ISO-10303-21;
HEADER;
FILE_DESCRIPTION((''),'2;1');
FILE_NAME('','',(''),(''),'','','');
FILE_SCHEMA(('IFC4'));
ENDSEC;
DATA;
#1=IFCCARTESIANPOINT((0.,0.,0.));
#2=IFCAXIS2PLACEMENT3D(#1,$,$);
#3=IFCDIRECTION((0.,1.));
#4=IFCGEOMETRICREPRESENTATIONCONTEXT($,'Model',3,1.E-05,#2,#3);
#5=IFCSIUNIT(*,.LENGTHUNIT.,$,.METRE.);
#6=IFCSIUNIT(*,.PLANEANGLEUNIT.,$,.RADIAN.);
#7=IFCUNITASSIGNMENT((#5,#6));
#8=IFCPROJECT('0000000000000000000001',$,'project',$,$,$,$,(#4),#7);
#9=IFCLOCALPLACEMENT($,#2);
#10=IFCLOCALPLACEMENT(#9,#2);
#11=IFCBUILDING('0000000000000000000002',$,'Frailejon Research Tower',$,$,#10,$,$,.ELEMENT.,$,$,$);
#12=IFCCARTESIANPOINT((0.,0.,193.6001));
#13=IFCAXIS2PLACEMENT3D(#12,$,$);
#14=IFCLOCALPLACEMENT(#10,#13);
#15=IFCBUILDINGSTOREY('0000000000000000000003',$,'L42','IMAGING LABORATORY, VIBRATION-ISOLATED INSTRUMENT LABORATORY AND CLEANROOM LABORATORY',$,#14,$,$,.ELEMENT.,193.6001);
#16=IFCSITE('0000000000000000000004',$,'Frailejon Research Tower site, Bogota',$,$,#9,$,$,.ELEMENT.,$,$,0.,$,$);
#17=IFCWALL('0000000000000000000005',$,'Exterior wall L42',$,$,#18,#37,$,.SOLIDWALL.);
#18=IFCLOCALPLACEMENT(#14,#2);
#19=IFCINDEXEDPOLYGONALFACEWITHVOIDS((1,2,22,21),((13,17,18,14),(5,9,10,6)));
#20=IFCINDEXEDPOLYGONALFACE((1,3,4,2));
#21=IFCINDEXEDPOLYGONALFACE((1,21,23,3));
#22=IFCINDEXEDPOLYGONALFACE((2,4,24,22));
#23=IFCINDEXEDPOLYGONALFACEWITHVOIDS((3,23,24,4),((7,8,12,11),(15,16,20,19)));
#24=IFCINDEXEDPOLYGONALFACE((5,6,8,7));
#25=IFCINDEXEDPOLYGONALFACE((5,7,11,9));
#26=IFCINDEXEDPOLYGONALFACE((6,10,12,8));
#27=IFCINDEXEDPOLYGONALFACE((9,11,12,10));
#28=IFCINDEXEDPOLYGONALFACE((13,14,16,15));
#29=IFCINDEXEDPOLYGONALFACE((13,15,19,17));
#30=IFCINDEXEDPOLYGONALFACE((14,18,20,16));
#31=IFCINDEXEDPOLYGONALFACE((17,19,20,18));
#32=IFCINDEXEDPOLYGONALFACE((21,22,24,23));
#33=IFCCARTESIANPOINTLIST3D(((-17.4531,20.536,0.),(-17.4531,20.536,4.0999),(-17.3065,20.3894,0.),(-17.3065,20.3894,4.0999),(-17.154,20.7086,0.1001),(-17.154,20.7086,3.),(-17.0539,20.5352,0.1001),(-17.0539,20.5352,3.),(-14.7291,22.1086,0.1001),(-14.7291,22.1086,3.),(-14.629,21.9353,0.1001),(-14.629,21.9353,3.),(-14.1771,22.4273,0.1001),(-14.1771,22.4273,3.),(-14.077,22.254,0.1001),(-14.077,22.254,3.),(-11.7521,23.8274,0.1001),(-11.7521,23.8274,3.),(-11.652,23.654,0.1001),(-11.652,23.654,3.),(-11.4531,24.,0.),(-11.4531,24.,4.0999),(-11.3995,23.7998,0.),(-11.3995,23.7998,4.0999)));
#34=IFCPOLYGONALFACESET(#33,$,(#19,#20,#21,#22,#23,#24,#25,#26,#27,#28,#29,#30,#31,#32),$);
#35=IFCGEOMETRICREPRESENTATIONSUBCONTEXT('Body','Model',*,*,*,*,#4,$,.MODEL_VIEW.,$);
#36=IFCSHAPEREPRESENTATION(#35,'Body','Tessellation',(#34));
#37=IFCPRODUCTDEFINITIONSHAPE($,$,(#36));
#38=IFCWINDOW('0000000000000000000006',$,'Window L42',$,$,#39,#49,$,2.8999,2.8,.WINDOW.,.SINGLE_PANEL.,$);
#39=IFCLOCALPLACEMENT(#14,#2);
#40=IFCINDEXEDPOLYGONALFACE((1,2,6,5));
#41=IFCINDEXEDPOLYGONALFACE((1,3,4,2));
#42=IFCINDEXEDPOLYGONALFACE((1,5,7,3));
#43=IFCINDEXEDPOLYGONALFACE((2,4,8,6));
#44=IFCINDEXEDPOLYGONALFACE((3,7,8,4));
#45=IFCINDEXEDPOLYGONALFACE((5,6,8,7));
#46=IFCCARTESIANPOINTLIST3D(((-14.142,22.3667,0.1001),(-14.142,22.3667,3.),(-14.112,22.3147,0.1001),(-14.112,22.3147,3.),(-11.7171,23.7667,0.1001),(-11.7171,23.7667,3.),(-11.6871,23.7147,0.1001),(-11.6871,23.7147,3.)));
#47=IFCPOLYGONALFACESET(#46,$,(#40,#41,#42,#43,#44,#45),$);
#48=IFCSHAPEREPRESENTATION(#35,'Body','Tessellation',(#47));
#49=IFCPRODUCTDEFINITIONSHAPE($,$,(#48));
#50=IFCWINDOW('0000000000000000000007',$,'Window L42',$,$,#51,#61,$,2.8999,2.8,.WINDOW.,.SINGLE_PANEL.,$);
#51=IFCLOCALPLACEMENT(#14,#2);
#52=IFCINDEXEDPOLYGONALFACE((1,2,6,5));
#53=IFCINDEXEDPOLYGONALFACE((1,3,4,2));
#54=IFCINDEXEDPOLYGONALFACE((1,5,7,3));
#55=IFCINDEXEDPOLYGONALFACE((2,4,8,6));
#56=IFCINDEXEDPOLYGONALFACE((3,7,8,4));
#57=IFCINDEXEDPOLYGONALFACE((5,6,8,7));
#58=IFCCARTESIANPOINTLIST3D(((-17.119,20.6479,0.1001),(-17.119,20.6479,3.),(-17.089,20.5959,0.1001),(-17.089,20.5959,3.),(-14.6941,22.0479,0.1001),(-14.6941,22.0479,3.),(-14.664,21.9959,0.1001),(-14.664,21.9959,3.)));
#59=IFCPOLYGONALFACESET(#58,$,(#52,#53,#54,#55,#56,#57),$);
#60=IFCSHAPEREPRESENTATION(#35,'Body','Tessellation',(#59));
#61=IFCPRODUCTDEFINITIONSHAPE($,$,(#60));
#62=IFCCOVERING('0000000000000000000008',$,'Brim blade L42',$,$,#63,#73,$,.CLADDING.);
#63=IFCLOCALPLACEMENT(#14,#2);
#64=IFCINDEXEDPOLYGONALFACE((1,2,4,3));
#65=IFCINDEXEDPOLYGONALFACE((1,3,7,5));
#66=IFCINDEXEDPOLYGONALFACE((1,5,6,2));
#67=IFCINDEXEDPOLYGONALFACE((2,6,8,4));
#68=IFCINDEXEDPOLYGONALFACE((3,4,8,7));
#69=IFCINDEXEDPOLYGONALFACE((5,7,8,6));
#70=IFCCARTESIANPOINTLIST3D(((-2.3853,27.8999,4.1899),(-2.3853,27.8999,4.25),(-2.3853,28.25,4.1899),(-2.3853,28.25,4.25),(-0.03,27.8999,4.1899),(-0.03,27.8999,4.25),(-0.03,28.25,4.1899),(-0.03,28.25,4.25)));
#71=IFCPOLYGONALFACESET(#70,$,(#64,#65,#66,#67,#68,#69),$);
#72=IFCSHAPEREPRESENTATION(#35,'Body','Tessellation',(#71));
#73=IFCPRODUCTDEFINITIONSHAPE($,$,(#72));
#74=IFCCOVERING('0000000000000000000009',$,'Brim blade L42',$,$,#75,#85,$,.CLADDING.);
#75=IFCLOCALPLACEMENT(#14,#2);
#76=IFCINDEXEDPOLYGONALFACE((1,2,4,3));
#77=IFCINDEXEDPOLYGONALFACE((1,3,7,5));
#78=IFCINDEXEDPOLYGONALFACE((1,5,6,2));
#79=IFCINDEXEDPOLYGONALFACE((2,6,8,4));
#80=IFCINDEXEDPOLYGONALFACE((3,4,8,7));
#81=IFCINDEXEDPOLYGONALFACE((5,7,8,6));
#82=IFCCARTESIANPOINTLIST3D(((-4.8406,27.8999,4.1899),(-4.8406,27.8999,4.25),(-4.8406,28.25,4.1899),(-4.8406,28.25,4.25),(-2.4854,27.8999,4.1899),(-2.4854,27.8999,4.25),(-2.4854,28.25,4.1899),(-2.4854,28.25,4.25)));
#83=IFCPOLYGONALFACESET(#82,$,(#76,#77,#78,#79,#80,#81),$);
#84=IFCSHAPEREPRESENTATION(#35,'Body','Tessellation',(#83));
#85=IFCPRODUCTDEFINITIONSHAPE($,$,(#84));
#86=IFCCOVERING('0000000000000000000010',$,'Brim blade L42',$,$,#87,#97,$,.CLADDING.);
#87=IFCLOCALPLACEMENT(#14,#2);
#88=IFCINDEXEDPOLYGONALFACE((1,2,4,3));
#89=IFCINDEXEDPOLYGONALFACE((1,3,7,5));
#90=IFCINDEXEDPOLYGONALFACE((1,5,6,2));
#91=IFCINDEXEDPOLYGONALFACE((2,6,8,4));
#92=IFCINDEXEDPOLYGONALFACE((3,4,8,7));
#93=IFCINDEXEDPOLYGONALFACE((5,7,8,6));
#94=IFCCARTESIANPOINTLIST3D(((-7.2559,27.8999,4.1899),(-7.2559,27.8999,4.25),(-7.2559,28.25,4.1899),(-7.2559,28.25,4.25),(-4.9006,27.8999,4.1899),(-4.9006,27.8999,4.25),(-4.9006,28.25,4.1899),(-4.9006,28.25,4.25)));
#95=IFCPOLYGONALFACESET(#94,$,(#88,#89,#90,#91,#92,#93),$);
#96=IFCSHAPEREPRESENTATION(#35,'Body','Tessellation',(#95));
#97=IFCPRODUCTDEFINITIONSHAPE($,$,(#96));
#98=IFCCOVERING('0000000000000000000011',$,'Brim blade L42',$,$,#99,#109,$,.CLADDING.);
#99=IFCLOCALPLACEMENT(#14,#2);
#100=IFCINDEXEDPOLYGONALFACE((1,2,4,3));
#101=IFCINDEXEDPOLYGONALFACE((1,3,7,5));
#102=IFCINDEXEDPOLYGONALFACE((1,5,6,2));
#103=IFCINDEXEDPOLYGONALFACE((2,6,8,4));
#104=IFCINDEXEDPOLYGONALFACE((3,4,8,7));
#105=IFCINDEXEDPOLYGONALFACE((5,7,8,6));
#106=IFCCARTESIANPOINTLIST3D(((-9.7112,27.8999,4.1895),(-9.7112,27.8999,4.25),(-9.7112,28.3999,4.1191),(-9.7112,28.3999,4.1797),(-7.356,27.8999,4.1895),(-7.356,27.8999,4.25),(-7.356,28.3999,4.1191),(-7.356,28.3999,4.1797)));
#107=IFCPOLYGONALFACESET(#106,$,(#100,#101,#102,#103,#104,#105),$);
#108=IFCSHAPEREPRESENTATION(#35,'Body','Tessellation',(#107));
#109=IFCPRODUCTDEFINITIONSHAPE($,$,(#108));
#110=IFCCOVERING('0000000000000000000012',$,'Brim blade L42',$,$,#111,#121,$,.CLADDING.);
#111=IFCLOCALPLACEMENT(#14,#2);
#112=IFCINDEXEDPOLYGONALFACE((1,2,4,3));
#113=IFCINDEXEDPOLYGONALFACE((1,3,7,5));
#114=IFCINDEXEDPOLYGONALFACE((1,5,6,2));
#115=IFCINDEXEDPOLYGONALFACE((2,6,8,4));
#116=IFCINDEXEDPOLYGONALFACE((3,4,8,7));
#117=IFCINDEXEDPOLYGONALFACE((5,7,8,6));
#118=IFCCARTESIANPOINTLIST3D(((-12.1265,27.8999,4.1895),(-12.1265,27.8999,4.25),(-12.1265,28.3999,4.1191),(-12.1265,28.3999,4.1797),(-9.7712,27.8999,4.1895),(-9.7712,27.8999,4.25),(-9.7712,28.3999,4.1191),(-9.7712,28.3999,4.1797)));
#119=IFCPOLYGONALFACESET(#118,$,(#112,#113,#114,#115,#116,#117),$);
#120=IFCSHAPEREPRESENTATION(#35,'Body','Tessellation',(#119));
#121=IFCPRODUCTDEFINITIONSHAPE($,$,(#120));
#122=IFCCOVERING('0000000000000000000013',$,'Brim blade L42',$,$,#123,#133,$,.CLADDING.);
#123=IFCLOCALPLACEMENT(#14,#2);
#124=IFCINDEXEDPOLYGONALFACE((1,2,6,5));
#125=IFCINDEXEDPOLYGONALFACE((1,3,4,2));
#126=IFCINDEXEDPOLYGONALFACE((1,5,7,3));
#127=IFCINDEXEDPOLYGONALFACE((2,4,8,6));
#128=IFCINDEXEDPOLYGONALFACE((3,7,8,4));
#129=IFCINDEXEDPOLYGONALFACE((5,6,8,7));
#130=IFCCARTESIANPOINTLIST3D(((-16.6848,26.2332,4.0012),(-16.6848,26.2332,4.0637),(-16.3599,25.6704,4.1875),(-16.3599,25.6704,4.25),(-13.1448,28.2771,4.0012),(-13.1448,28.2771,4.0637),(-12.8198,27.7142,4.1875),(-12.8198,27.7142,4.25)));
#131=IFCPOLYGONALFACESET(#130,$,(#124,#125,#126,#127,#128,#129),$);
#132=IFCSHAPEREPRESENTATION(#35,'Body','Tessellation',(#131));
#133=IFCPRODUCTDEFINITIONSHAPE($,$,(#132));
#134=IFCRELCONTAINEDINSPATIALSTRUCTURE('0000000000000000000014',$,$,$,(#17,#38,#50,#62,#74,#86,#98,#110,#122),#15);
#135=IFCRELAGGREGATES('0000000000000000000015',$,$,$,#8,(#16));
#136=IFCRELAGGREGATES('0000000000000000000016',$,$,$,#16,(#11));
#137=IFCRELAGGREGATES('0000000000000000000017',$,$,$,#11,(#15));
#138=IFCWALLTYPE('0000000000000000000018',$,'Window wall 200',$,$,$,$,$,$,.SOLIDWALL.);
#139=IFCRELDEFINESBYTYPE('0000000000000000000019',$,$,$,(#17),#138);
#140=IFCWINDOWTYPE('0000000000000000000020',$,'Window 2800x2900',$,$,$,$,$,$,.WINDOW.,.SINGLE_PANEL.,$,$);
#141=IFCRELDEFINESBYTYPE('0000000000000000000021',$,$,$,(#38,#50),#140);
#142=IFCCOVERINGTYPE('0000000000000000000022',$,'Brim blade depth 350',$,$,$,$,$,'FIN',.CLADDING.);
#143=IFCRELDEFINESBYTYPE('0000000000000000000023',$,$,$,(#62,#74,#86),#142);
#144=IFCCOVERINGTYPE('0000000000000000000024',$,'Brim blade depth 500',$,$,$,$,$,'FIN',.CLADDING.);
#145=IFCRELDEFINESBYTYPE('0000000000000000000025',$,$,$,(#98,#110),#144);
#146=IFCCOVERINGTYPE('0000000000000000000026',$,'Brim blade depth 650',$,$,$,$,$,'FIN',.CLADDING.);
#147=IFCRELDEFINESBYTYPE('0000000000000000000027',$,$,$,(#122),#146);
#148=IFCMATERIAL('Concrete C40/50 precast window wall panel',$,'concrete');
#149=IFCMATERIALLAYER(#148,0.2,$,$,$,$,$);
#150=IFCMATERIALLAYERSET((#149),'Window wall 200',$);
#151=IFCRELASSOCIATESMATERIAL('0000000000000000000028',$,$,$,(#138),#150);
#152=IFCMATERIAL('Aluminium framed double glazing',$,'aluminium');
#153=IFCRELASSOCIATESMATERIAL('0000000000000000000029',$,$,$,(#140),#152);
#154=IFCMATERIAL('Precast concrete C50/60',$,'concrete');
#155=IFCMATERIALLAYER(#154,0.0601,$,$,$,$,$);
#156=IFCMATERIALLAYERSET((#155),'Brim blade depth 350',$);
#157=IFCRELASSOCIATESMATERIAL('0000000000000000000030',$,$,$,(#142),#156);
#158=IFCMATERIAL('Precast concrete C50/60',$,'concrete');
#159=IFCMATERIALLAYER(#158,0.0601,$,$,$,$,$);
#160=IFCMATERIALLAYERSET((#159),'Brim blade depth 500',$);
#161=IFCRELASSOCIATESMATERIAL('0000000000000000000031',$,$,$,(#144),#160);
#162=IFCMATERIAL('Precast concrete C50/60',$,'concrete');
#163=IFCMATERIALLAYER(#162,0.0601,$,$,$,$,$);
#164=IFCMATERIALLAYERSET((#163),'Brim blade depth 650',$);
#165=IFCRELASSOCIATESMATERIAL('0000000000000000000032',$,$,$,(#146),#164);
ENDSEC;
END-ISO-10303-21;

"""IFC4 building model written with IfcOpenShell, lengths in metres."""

from ifc_helpers import new_model, si_unit, direction, frame, frame_2d, origin, place, context, subcontext, project, spatial, polyline, rectangle, outline, extrude, material, layer, layer_set, type_object, element, fill, save


model = new_model("IFC4")

# Units and contexts
model_context = context("Model", 3, precision=1e-05, world=origin(), true_north=direction((0.0, 1.0)))
body_context = subcontext(model_context, "Body", "Model", "MODEL_VIEW")
ifc_project = project(units=[si_unit("LENGTHUNIT", "METRE"), si_unit("PLANEANGLEUNIT", "RADIAN")], contexts=[model_context])

# Site, building, storey
site_placement = place(None, origin())
site = spatial("IfcSite", under=ifc_project, at=site_placement, Name="Frailejon Research Tower site, Bogota", CompositionType="ELEMENT", RefElevation=0.0)
building_placement = place(site_placement, origin())
building = spatial("IfcBuilding", under=site, at=building_placement, Name="Frailejon Research Tower", CompositionType="ELEMENT")
storey_placement = place(building_placement, frame((0.0, 0.0, 193.6001)))
storey = spatial("IfcBuildingStorey", under=building, at=storey_placement, Name="L42", Description="IMAGING LABORATORY, VIBRATION-ISOLATED INSTRUMENT LABORATORY AND CLEANROOM LABORATORY", CompositionType="ELEMENT", Elevation=193.6001)

# Wall, openings, windows
ifc_material_1 = material(Name="Concrete C40/50 precast window wall panel", Category="concrete")
ifc_layer_1 = layer(ifc_material_1, 0.2)
ifc_layer_set_1 = layer_set([ifc_layer_1], Name="Window wall 200")
wall_type = type_object("IfcWallType", Name="Window wall 200", PredefinedType="SOLIDWALL", material=ifc_layer_set_1)
wall_placement = place(storey_placement, frame((-11.4263, 23.8999, 0.0), z_axis=(0.0, 0.0, 1.0), x_axis=(-0.866029, -0.499993, 0.0)))
wall = element("IfcWall", 1, at=wall_placement, inside=storey, type_object=wall_type, Name="Exterior wall L42", PredefinedType="SOLIDWALL", context=body_context, shape_type="SweptSolid", body=[
    extrude(outline(polyline([(-0.0269, -0.1001), (1.1279, -0.1001), (2.2825, -0.1001), (3.4373, -0.1001), (4.592, -0.1001), (5.7466, -0.1001), (6.9014, -0.1001), (6.8477, 0.1001), (5.7109, 0.1001), (4.574, 0.1001), (3.4373, 0.1001), (2.3005, 0.1001), (1.1636, 0.1001), (0.0269, 0.1001), (-0.0269, -0.1001)])), origin(), (0.0, 0.0, 1.0), 4.0999),
])
opening_1_placement = place(wall_placement, frame((0.3186, 0.0, 0.1001)))
opening_1 = element("IfcOpeningElement", 2, at=opening_1_placement, cuts=wall, PredefinedType="OPENING", context=body_context, shape_type="SweptSolid", body=[
    extrude(rectangle(XDim=2.8, YDim=2.8999, at=frame_2d((1.3999, 1.45))), frame((0.0, 0.1099, 0.0), z_axis=(0.0, -1.0, 0.0), x_axis=(1.0, 0.0, 0.0)), (0.0, 0.0, 1.0), 0.22),
])
opening_2_placement = place(wall_placement, frame((3.7561, 0.0, 0.1001)))
opening_2 = element("IfcOpeningElement", 3, at=opening_2_placement, cuts=wall, PredefinedType="OPENING", context=body_context, shape_type="SweptSolid", body=[
    extrude(rectangle(XDim=2.8, YDim=2.8999, at=frame_2d((1.3999, 1.45))), frame((0.0, 0.1099, 0.0), z_axis=(0.0, -1.0, 0.0), x_axis=(1.0, 0.0, 0.0)), (0.0, 0.0, 1.0), 0.22),
])
ifc_material_2 = material(Name="Aluminium framed double glazing", Category="aluminium")
window_type = type_object("IfcWindowType", Name="Window 2800x2900", PartitioningType="SINGLE_PANEL", PredefinedType="WINDOW", material=ifc_material_2)
window_1_placement = place(opening_1_placement, origin())
window_1 = element("IfcWindow", 4, at=window_1_placement, inside=storey, type_object=window_type, Name="Window L42", OverallHeight=2.8999, OverallWidth=2.8, PartitioningType="SINGLE_PANEL", PredefinedType="WINDOW", context=body_context, shape_type="SweptSolid", body=[
    extrude(rectangle(XDim=2.8, YDim=2.8999, at=frame_2d((1.3999, 1.45))), frame((0.0, 0.03, 0.0), z_axis=(0.0, -1.0, 0.0), x_axis=(1.0, 0.0, 0.0)), (0.0, 0.0, 1.0), 0.0601),
])
fill(opening_1, window_1)
window_2_placement = place(opening_2_placement, origin())
window_2 = element("IfcWindow", 5, at=window_2_placement, inside=storey, type_object=window_type, Name="Window L42", OverallHeight=2.8999, OverallWidth=2.8, PartitioningType="SINGLE_PANEL", PredefinedType="WINDOW", context=body_context, shape_type="SweptSolid", body=[
    extrude(rectangle(XDim=2.8, YDim=2.8999, at=frame_2d((1.3999, 1.45))), frame((0.0, 0.03, 0.0), z_axis=(0.0, -1.0, 0.0), x_axis=(1.0, 0.0, 0.0)), (0.0, 0.0, 1.0), 0.0601),
])
fill(opening_2, window_2)

# Coverings
ifc_material_3 = material(Name="Precast concrete C50/60", Category="concrete")
ifc_layer_2 = layer(ifc_material_3, 0.0601)
ifc_layer_set_2 = layer_set([ifc_layer_2], Name="Brim blade depth 350")
covering_type_1 = type_object("IfcCoveringType", Name="Brim blade depth 350", ElementType="FIN", PredefinedType="CLADDING", material=ifc_layer_set_2)
for number, where, z_axis, x_axis, name in (
    (6, (-2.3853, 27.8999, 4.25), (1.0, 0.0, 0.0), (0.0, 1.0, 0.0), "Brim blade L42"),
    (7, (-4.8406, 27.8999, 4.25), (1.0, 0.0, 0.0), (0.0, 1.0, 0.0), "Brim blade L42"),
    (8, (-7.2559, 27.8999, 4.25), (1.0, 0.0, 0.0), (0.0, 1.0, 0.0), "Brim blade L42"),
):
    element("IfcCovering", number, at=place(storey_placement, frame(where, z_axis=z_axis, x_axis=x_axis)), inside=storey, type_object=covering_type_1, Name=name, PredefinedType="CLADDING", context=body_context, shape_type="SweptSolid", body=[
        extrude(outline(polyline([(0.0, -0.0601), (0.3501, -0.0601), (0.3501, 0.0), (0.0, 0.0), (0.0, -0.0601)])), origin(), (0.0, 0.0, 1.0), 2.3552),
    ])
ifc_material_4 = material(Name="Precast concrete C50/60", Category="concrete")
ifc_layer_3 = layer(ifc_material_4, 0.0601)
ifc_layer_set_3 = layer_set([ifc_layer_3], Name="Brim blade depth 500")
covering_type_2 = type_object("IfcCoveringType", Name="Brim blade depth 500", ElementType="FIN", PredefinedType="CLADDING", material=ifc_layer_set_3)
for number, where, z_axis, x_axis, name in (
    (9, (-9.7112, 27.8999, 4.25), (1.0, 0.0, 0.0), (0.0, 1.0, 0.0), "Brim blade L42"),
    (10, (-12.1265, 27.8999, 4.25), (1.0, 0.0, 0.0), (0.0, 1.0, 0.0), "Brim blade L42"),
):
    element("IfcCovering", number, at=place(storey_placement, frame(where, z_axis=z_axis, x_axis=x_axis)), inside=storey, type_object=covering_type_2, Name=name, PredefinedType="CLADDING", context=body_context, shape_type="SweptSolid", body=[
        extrude(outline(polyline([(0.0, -0.0605), (0.5, -0.1309), (0.5, -0.0703), (0.0, 0.0), (0.0, -0.0605)])), origin(), (0.0, 0.0, 1.0), 2.3552),
    ])
ifc_material_5 = material(Name="Precast concrete C50/60", Category="concrete")
ifc_layer_4 = layer(ifc_material_5, 0.0601)
ifc_layer_set_4 = layer_set([ifc_layer_4], Name="Brim blade depth 650")
covering_type_3 = type_object("IfcCoveringType", Name="Brim blade depth 650", ElementType="FIN", PredefinedType="CLADDING", material=ifc_layer_set_4)
covering_placement = place(storey_placement, frame((-16.3599, 25.6704, 4.25), z_axis=(0.866027, 0.499997, 0.0), x_axis=(-0.499997, 0.866027, 0.0)))
element("IfcCovering", 11, at=covering_placement, inside=storey, type_object=covering_type_3, Name="Brim blade L42", PredefinedType="CLADDING", context=body_context, shape_type="SweptSolid", body=[
    extrude(outline(polyline([(0.0, -0.0625), (0.6499, -0.2488), (0.6499, -0.1863), (0.0, 0.0), (0.0, -0.0625)])), origin(), (0.0, 0.0, 1.0), 4.0876),
])

save(model, "model.ifc")
